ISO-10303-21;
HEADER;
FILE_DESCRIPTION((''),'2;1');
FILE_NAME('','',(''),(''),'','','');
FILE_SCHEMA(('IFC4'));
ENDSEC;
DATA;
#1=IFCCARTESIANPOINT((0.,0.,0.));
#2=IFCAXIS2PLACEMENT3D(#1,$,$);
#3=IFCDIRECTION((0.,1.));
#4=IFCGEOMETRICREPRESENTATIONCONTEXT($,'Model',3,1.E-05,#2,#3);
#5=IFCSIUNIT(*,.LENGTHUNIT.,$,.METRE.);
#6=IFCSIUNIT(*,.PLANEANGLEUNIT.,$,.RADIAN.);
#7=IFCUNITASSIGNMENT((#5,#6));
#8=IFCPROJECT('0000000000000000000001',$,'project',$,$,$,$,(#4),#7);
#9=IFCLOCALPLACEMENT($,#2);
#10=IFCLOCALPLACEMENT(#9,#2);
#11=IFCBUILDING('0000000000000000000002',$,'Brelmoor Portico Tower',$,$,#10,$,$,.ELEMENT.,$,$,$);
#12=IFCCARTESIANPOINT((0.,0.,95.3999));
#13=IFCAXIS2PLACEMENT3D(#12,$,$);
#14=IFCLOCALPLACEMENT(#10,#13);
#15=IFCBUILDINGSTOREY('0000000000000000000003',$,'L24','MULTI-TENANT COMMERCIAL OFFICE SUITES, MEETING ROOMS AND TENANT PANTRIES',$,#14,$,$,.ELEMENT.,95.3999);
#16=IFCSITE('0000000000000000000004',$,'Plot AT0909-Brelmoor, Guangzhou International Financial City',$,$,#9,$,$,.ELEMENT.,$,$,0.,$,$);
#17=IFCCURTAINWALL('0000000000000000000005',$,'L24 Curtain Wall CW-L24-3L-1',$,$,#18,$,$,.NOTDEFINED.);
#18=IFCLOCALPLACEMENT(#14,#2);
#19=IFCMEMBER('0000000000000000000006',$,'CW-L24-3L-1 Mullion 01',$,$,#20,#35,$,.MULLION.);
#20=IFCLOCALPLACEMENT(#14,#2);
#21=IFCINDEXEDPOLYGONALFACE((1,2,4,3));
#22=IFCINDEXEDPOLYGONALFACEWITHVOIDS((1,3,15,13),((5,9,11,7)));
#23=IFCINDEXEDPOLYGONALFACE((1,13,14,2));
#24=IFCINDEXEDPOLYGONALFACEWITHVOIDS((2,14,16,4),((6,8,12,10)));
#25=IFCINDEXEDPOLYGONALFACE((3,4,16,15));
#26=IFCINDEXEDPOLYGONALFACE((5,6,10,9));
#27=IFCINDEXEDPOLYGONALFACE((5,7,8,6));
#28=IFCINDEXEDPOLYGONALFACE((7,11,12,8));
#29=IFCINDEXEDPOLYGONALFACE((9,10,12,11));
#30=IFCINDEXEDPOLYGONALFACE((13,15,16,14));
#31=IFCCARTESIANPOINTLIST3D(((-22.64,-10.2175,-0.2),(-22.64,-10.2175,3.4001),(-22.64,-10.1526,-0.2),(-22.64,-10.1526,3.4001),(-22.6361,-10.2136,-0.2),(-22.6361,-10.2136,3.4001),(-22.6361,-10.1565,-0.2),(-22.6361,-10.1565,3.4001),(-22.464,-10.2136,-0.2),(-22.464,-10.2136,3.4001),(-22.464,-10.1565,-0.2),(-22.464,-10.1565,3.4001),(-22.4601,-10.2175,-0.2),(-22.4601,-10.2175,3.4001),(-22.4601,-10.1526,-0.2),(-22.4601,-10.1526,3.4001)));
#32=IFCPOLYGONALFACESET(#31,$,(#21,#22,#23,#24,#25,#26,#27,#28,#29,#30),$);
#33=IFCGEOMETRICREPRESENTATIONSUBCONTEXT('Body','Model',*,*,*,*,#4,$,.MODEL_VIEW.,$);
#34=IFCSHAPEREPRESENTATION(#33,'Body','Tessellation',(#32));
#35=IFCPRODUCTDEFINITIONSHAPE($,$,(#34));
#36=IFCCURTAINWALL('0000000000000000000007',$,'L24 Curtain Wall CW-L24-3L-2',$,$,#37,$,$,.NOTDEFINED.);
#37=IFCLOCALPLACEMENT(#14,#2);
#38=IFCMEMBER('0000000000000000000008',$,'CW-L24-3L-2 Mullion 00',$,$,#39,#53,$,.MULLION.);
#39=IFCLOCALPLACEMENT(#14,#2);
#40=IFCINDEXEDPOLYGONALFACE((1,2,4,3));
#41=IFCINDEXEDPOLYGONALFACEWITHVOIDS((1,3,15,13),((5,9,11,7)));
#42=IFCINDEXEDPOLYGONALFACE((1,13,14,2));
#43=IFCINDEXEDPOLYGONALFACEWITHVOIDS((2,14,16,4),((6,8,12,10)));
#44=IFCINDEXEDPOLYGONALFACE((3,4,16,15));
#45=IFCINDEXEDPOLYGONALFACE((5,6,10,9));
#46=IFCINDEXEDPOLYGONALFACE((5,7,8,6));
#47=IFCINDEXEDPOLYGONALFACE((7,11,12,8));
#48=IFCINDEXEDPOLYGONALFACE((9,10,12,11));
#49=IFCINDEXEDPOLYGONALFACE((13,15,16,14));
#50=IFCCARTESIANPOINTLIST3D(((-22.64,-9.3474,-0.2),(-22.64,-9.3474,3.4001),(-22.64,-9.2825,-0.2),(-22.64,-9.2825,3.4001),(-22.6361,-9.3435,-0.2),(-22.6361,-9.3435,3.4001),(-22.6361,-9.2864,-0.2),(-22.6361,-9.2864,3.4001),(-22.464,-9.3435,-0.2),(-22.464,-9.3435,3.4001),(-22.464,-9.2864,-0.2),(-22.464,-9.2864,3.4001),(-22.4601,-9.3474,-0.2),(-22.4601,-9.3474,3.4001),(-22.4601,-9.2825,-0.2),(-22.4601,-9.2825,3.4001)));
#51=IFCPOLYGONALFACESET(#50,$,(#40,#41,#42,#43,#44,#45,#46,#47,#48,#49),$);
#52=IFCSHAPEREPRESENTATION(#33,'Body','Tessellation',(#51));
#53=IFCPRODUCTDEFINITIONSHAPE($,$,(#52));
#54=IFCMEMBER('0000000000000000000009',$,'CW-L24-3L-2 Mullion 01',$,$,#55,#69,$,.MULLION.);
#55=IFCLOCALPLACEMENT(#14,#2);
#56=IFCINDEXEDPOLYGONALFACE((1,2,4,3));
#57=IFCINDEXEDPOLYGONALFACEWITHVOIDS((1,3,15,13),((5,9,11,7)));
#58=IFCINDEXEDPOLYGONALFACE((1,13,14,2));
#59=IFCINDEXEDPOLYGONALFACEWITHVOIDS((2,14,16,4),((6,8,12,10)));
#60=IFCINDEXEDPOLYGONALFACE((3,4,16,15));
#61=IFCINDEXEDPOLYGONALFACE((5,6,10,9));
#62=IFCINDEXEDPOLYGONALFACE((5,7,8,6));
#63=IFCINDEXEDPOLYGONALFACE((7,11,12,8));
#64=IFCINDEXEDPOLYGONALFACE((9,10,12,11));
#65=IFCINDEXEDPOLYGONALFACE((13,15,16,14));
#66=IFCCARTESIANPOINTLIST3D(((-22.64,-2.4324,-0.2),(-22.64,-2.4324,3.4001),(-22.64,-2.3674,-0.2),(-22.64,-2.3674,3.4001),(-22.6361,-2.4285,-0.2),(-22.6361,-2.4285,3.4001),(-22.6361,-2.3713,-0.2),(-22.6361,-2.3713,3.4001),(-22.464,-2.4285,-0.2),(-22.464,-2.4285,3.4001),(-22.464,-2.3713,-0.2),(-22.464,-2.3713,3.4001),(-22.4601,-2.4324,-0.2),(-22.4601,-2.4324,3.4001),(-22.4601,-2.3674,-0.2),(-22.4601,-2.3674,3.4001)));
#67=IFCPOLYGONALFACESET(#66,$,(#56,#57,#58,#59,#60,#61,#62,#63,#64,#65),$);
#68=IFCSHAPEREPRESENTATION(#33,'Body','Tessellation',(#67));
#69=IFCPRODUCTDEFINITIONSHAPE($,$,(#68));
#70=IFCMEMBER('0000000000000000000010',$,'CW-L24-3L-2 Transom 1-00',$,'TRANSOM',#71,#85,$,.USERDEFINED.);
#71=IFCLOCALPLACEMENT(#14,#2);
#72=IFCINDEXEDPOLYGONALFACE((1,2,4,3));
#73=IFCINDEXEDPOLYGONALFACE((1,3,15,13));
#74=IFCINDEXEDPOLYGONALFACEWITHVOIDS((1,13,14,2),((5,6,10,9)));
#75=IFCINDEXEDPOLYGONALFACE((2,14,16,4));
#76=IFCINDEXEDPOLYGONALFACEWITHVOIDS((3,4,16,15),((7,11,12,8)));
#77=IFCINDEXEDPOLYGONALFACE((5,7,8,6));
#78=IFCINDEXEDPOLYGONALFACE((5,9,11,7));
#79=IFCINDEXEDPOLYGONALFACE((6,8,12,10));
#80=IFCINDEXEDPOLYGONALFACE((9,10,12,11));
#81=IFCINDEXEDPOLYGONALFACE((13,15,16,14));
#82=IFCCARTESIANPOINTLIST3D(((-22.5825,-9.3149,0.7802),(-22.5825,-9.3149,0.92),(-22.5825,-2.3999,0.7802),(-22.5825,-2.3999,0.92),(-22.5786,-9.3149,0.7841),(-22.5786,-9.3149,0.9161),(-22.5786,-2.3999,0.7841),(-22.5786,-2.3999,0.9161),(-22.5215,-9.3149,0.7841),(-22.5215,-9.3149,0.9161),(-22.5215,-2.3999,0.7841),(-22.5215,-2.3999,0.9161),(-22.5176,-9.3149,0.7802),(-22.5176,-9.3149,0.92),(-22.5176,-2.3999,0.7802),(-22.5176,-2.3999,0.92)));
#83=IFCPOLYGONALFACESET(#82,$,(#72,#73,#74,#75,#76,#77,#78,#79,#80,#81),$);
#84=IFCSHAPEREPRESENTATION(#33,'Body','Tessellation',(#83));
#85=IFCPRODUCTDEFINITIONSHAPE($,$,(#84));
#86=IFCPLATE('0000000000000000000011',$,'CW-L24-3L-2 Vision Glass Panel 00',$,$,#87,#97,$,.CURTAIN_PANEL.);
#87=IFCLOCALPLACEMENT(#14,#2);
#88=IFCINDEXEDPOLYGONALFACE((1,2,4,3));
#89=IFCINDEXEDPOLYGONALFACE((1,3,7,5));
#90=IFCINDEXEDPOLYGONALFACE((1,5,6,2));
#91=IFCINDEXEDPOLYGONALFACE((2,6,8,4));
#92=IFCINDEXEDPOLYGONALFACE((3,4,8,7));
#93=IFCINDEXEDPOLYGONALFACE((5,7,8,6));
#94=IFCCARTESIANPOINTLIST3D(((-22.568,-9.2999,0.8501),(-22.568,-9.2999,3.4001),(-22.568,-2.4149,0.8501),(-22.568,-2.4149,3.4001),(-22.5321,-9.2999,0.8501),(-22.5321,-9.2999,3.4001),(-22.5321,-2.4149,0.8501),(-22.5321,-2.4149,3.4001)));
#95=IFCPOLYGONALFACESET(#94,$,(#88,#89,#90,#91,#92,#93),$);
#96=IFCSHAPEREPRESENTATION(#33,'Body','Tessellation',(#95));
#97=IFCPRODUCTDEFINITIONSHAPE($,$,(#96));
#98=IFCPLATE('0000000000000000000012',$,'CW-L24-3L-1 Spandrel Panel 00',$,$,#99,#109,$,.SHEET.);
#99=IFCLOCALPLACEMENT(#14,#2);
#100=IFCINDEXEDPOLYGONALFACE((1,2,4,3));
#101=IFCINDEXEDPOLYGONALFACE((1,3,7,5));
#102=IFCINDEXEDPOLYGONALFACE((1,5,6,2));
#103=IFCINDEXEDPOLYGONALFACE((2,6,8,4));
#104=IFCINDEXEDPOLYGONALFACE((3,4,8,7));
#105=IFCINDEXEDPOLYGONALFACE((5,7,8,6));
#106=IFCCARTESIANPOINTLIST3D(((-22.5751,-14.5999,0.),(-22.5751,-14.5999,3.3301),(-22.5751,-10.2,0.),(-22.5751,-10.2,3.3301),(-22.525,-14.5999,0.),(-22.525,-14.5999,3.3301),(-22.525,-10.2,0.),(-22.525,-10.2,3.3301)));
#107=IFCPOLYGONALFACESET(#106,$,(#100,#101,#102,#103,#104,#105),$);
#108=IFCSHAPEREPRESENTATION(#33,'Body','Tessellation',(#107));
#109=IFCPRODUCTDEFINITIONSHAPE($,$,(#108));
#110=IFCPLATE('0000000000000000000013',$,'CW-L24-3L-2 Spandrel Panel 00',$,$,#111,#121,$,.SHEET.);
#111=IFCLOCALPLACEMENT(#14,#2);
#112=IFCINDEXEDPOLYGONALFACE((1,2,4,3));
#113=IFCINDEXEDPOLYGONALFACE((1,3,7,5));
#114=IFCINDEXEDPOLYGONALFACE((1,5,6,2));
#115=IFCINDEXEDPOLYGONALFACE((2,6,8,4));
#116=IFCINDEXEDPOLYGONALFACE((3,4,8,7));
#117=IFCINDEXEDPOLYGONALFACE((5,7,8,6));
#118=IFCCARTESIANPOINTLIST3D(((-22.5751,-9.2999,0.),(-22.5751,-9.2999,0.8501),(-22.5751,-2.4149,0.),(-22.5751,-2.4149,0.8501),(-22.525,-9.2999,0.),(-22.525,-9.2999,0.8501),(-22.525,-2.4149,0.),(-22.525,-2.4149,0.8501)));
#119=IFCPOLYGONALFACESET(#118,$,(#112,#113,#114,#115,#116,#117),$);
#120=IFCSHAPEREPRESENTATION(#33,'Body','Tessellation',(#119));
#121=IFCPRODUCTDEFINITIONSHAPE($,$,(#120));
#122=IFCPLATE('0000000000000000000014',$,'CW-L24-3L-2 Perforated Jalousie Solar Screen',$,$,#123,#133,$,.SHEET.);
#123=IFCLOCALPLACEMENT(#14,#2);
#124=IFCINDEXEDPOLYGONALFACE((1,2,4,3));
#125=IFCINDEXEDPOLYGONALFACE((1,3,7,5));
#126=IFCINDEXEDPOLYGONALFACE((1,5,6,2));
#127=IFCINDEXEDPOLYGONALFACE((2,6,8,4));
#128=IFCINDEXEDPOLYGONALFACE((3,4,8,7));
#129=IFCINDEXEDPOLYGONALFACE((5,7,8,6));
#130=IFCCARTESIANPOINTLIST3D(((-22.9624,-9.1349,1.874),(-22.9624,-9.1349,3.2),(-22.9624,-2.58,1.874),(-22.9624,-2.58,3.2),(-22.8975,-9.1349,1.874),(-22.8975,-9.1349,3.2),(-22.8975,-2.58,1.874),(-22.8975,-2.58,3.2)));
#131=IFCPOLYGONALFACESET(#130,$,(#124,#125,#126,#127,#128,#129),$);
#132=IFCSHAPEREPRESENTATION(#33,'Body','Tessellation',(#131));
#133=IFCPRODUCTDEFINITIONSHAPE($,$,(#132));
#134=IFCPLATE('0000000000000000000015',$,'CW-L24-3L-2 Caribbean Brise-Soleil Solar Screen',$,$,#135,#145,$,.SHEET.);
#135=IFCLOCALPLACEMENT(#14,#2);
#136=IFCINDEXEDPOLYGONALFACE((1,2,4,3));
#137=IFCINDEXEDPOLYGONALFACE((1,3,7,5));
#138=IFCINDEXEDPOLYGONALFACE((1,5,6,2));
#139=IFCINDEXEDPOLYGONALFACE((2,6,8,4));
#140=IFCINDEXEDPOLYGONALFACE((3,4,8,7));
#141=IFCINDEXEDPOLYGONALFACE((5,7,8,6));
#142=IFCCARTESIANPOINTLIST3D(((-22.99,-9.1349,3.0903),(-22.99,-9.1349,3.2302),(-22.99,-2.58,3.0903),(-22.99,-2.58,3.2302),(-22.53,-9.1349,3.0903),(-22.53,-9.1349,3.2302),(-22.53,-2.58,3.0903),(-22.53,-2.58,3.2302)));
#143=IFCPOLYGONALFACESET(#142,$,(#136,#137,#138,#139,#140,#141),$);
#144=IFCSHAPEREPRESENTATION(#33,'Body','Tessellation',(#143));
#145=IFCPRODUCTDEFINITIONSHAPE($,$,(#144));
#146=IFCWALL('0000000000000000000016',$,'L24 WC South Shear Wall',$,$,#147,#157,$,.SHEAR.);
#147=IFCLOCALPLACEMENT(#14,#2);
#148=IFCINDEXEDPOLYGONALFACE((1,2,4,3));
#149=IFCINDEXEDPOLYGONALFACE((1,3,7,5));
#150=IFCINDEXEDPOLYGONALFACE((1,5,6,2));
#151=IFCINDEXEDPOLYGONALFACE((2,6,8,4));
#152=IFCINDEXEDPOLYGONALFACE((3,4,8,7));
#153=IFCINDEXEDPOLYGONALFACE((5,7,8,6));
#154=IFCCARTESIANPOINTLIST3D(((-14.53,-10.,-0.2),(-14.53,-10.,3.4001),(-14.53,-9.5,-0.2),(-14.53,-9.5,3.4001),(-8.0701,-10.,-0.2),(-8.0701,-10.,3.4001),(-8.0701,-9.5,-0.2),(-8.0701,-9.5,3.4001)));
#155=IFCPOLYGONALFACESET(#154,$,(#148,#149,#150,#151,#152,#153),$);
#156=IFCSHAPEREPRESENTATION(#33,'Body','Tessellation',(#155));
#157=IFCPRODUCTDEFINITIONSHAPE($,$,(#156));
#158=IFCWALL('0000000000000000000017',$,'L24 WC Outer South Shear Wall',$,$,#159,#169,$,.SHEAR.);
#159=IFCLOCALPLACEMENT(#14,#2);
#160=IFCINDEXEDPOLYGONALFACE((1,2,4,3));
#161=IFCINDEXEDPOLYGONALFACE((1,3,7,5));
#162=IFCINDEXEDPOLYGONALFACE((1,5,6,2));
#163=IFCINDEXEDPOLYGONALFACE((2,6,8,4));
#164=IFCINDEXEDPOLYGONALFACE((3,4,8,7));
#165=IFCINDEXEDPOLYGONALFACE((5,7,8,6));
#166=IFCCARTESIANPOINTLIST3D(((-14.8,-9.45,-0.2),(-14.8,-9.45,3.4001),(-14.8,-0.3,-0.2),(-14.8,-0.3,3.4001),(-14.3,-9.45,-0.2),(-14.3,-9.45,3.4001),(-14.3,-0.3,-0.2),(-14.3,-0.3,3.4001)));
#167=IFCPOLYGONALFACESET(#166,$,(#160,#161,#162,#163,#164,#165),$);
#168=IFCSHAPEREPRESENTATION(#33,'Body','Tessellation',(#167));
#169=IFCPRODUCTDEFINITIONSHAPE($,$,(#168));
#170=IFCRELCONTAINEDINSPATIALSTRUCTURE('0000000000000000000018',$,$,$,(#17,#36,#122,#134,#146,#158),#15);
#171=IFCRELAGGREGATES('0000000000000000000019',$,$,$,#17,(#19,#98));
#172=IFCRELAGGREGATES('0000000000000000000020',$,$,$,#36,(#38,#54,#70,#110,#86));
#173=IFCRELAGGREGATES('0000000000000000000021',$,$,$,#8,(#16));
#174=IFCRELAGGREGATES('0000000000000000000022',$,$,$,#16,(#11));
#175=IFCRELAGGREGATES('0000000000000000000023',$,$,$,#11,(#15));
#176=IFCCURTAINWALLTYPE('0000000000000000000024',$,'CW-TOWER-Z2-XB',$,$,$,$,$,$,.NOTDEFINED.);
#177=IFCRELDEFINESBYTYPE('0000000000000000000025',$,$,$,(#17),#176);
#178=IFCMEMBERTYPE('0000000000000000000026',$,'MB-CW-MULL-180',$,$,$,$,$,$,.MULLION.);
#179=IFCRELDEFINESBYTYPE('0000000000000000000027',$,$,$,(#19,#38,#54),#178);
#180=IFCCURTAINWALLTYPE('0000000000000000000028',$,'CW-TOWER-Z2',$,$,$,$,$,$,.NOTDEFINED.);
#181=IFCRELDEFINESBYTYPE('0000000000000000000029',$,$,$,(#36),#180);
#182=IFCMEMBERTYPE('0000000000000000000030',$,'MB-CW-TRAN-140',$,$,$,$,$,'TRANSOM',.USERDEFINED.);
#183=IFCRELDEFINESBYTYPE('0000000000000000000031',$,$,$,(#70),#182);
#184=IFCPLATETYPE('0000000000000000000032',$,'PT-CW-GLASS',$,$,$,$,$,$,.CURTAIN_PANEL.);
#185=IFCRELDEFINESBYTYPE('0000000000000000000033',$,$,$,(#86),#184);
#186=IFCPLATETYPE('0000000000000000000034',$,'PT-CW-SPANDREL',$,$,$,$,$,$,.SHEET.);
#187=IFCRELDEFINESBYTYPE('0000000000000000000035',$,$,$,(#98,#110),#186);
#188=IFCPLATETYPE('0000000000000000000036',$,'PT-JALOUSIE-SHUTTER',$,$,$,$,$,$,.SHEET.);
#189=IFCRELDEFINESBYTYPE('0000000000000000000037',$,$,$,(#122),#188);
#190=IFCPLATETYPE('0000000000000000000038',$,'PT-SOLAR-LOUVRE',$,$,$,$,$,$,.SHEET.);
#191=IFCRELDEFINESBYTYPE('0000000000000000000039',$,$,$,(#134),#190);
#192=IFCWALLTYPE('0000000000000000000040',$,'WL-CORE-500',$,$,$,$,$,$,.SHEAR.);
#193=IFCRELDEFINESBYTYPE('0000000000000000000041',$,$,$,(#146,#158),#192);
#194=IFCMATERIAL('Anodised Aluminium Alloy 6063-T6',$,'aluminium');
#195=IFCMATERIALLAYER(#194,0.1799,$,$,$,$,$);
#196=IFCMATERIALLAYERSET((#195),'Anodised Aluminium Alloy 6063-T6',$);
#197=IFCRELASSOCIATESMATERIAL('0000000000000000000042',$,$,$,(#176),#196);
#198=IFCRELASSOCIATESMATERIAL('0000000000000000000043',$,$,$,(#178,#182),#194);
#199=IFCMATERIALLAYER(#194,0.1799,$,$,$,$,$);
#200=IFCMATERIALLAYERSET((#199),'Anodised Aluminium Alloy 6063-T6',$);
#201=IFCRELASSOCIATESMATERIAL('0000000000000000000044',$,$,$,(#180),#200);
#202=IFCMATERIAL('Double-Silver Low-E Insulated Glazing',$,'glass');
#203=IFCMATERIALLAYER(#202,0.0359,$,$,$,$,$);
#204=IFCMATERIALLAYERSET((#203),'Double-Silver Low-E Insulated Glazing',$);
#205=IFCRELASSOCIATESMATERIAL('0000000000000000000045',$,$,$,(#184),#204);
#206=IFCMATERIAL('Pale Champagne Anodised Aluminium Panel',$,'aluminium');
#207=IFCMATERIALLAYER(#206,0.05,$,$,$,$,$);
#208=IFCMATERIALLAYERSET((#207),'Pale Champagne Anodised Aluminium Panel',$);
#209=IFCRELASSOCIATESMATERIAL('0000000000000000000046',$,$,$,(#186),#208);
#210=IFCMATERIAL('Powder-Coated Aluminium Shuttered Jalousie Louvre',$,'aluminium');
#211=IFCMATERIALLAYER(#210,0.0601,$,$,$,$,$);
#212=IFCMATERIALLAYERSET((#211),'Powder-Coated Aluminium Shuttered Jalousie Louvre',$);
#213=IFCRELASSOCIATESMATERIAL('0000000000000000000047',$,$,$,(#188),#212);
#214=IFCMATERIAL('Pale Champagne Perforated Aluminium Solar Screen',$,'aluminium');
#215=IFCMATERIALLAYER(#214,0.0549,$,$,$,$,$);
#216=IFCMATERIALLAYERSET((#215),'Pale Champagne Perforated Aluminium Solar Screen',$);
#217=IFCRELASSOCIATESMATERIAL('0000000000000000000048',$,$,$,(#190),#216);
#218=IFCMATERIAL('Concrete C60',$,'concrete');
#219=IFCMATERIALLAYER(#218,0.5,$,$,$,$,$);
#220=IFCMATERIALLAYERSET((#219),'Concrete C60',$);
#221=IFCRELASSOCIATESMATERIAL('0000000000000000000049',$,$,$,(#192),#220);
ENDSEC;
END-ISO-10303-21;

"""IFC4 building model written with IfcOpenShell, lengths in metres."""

from ifc_helpers import new_model, si_unit, direction, frame, frame_2d, origin, origin_2d, place, context, subcontext, project, spatial, rectangle, hollow_rectangle, extrude, material, layer, layer_set, material_profile, profile_set, type_object, element, aggregate, save


model = new_model("IFC4")

# Units and contexts
model_context = context("Model", 3, precision=1e-05, world=origin(), true_north=direction((0.0, 1.0)))
body_context = subcontext(model_context, "Body", "Model", "MODEL_VIEW")
ifc_project = project(units=[si_unit("LENGTHUNIT", "METRE"), si_unit("PLANEANGLEUNIT", "RADIAN")], contexts=[model_context])

# Site, building, storey
site_placement = place(None, origin())
site = spatial("IfcSite", under=ifc_project, at=site_placement, Name="Plot AT0909-Brelmoor, Guangzhou International Financial City", CompositionType="ELEMENT", RefElevation=0.0)
building_placement = place(site_placement, origin())
building = spatial("IfcBuilding", under=site, at=building_placement, Name="Brelmoor Portico Tower", CompositionType="ELEMENT")
storey_placement = place(building_placement, frame((0.0, 0.0, 95.3999)))
storey = spatial("IfcBuildingStorey", under=building, at=storey_placement, Name="L24", Description="MULTI-TENANT COMMERCIAL OFFICE SUITES, MEETING ROOMS AND TENANT PANTRIES", CompositionType="ELEMENT", Elevation=95.3999)

# Curtain wall, member
ifc_material_1 = material(Name="Anodised Aluminium Alloy 6063-T6", Category="aluminium")
ifc_layer_1 = layer(ifc_material_1, 0.1799)
ifc_layer_set_1 = layer_set([ifc_layer_1], Name="Anodised Aluminium Alloy 6063-T6")
curtain_wall_type_1 = type_object("IfcCurtainWallType", Name="CW-TOWER-Z2-XB", PredefinedType="NOTDEFINED", material=ifc_layer_set_1)
curtain_wall_1_placement = place(storey_placement, origin())
curtain_wall_1 = element("IfcCurtainWall", 1, at=curtain_wall_1_placement, inside=storey, type_object=curtain_wall_type_1, Name="L24 Curtain Wall CW-L24-3L-1", PredefinedType="NOTDEFINED")
ifc_material_profile_1 = material_profile(ifc_material_1, hollow_rectangle(XDim=0.0649, YDim=0.1799, WallThickness=0.0039, at=origin_2d()), Name="ALU MULLION 65x180")
ifc_profile_set_1 = profile_set([ifc_material_profile_1], Name="Anodised Aluminium Alloy 6063-T6")
member_type_1 = type_object("IfcMemberType", Name="MB-CW-MULL-180", PredefinedType="MULLION", material=ifc_profile_set_1)
member_1_placement = place(storey_placement, frame((-22.55, -10.1851, -0.2), z_axis=(0.0, 0.0, 1.0), x_axis=(0.0, 1.0, 0.0)))
member_1 = element("IfcMember", 2, at=member_1_placement, type_object=member_type_1, Name="CW-L24-3L-1 Mullion 01", PredefinedType="MULLION", context=body_context, shape_type="SweptSolid", body=[
    extrude(hollow_rectangle(XDim=0.0649, YDim=0.1799, WallThickness=0.0039, at=origin_2d()), origin(), (0.0, 0.0, 1.0), 3.6001),
])

# Curtain wall, members, plate
ifc_layer_2 = layer(ifc_material_1, 0.1799)
ifc_layer_set_2 = layer_set([ifc_layer_2], Name="Anodised Aluminium Alloy 6063-T6")
curtain_wall_type_2 = type_object("IfcCurtainWallType", Name="CW-TOWER-Z2", PredefinedType="NOTDEFINED", material=ifc_layer_set_2)
curtain_wall_2_placement = place(storey_placement, origin())
curtain_wall_2 = element("IfcCurtainWall", 3, at=curtain_wall_2_placement, inside=storey, type_object=curtain_wall_type_2, Name="L24 Curtain Wall CW-L24-3L-2", PredefinedType="NOTDEFINED")
member_2_placement = place(storey_placement, frame((-22.55, -9.3149, -0.2), z_axis=(0.0, 0.0, 1.0), x_axis=(0.0, 1.0, 0.0)))
member_2 = element("IfcMember", 4, at=member_2_placement, type_object=member_type_1, Name="CW-L24-3L-2 Mullion 00", PredefinedType="MULLION", context=body_context, shape_type="SweptSolid", body=[
    extrude(hollow_rectangle(XDim=0.0649, YDim=0.1799, WallThickness=0.0039, at=origin_2d()), origin(), (0.0, 0.0, 1.0), 3.6001),
])
member_3_placement = place(storey_placement, frame((-22.55, -2.3999, -0.2), z_axis=(0.0, 0.0, 1.0), x_axis=(0.0, 1.0, 0.0)))
member_3 = element("IfcMember", 5, at=member_3_placement, type_object=member_type_1, Name="CW-L24-3L-2 Mullion 01", PredefinedType="MULLION", context=body_context, shape_type="SweptSolid", body=[
    extrude(hollow_rectangle(XDim=0.0649, YDim=0.1799, WallThickness=0.0039, at=origin_2d()), origin(), (0.0, 0.0, 1.0), 3.6001),
])
ifc_material_profile_2 = material_profile(ifc_material_1, hollow_rectangle(XDim=0.0649, YDim=0.1399, WallThickness=0.0039, at=origin_2d()), Name="ALU TRANSOM 65x140")
ifc_profile_set_2 = profile_set([ifc_material_profile_2], Name="Anodised Aluminium Alloy 6063-T6")
member_type_2 = type_object("IfcMemberType", Name="MB-CW-TRAN-140", ElementType="TRANSOM", PredefinedType="USERDEFINED", material=ifc_profile_set_2)
member_4_placement = place(storey_placement, frame((-22.55, -9.3149, 0.8501), z_axis=(0.0, 1.0, 0.0), x_axis=(-1.0, 0.0, 0.0)))
member_4 = element("IfcMember", 6, at=member_4_placement, type_object=member_type_2, Name="CW-L24-3L-2 Transom 1-00", ObjectType="TRANSOM", PredefinedType="USERDEFINED", context=body_context, shape_type="SweptSolid", body=[
    extrude(hollow_rectangle(XDim=0.0649, YDim=0.1399, WallThickness=0.0039, at=origin_2d()), origin(), (0.0, 0.0, 1.0), 6.915),
])
ifc_material_2 = material(Name="Double-Silver Low-E Insulated Glazing", Category="glass")
ifc_layer_3 = layer(ifc_material_2, 0.0359)
ifc_layer_set_3 = layer_set([ifc_layer_3], Name="Double-Silver Low-E Insulated Glazing")
plate_type_1 = type_object("IfcPlateType", Name="PT-CW-GLASS", PredefinedType="CURTAIN_PANEL", material=ifc_layer_set_3)
plate_1_placement = place(storey_placement, frame((-22.55, -5.8574, 0.8501), z_axis=(0.0, 0.0, 1.0), x_axis=(0.0, 1.0, 0.0)))
plate_1 = element("IfcPlate", 7, at=plate_1_placement, type_object=plate_type_1, Name="CW-L24-3L-2 Vision Glass Panel 00", PredefinedType="CURTAIN_PANEL", context=body_context, shape_type="SweptSolid", body=[
    extrude(rectangle(XDim=6.885, YDim=0.0359, at=origin_2d()), origin(), (0.0, 0.0, 1.0), 2.55),
])

# Plates
ifc_material_3 = material(Name="Pale Champagne Anodised Aluminium Panel", Category="aluminium")
ifc_layer_4 = layer(ifc_material_3, 0.05)
ifc_layer_set_4 = layer_set([ifc_layer_4], Name="Pale Champagne Anodised Aluminium Panel")
plate_type_2 = type_object("IfcPlateType", Name="PT-CW-SPANDREL", PredefinedType="SHEET", material=ifc_layer_set_4)
plate_2_placement = place(storey_placement, frame((-22.55, -12.3999, 0.0), z_axis=(0.0, 0.0, 1.0), x_axis=(0.0, 1.0, 0.0)))
plate_2 = element("IfcPlate", 8, at=plate_2_placement, type_object=plate_type_2, Name="CW-L24-3L-1 Spandrel Panel 00", PredefinedType="SHEET", context=body_context, shape_type="SweptSolid", body=[
    extrude(rectangle(XDim=4.3999, YDim=0.05, at=origin_2d()), origin(), (0.0, 0.0, 1.0), 3.3301),
])
aggregate(curtain_wall_1, [member_1, plate_2])
plate_3_placement = place(storey_placement, frame((-22.55, -5.8574, 0.0), z_axis=(0.0, 0.0, 1.0), x_axis=(0.0, 1.0, 0.0)))
plate_3 = element("IfcPlate", 9, at=plate_3_placement, type_object=plate_type_2, Name="CW-L24-3L-2 Spandrel Panel 00", PredefinedType="SHEET", context=body_context, shape_type="SweptSolid", body=[
    extrude(rectangle(XDim=6.885, YDim=0.05, at=origin_2d()), origin(), (0.0, 0.0, 1.0), 0.8501),
])
aggregate(curtain_wall_2, [member_2, member_3, member_4, plate_3, plate_1])

# Plates
ifc_material_4 = material(Name="Powder-Coated Aluminium Shuttered Jalousie Louvre", Category="aluminium")
ifc_layer_5 = layer(ifc_material_4, 0.0601)
ifc_layer_set_5 = layer_set([ifc_layer_5], Name="Powder-Coated Aluminium Shuttered Jalousie Louvre")
plate_type_3 = type_object("IfcPlateType", Name="PT-JALOUSIE-SHUTTER", PredefinedType="SHEET", material=ifc_layer_set_5)
plate_4_placement = place(storey_placement, frame((-22.9299, -5.8574, 1.874), z_axis=(0.0, 0.0, 1.0), x_axis=(0.0, 1.0, 0.0)))
element("IfcPlate", 10, at=plate_4_placement, inside=storey, type_object=plate_type_3, Name="CW-L24-3L-2 Perforated Jalousie Solar Screen", PredefinedType="SHEET", context=body_context, shape_type="SweptSolid", body=[
    extrude(rectangle(XDim=6.5549, YDim=0.0649, at=origin_2d()), origin(), (0.0, 0.0, 1.0), 1.3259),
])
ifc_material_5 = material(Name="Pale Champagne Perforated Aluminium Solar Screen", Category="aluminium")
ifc_layer_6 = layer(ifc_material_5, 0.0549)
ifc_layer_set_6 = layer_set([ifc_layer_6], Name="Pale Champagne Perforated Aluminium Solar Screen")
plate_type_4 = type_object("IfcPlateType", Name="PT-SOLAR-LOUVRE", PredefinedType="SHEET", material=ifc_layer_set_6)
plate_5_placement = place(storey_placement, frame((-22.76, -5.8574, 3.0903), z_axis=(0.0, 0.0, 1.0), x_axis=(0.0, 1.0, 0.0)))
element("IfcPlate", 11, at=plate_5_placement, inside=storey, type_object=plate_type_4, Name="CW-L24-3L-2 Caribbean Brise-Soleil Solar Screen", PredefinedType="SHEET", context=body_context, shape_type="SweptSolid", body=[
    extrude(rectangle(XDim=6.5549, YDim=0.46, at=origin_2d()), origin(), (0.0, 0.0, 1.0), 0.1399),
])

# Walls
ifc_material_6 = material(Name="Concrete C60", Category="concrete")
ifc_layer_7 = layer(ifc_material_6, 0.5)
ifc_layer_set_7 = layer_set([ifc_layer_7], Name="Concrete C60")
wall_type_1 = type_object("IfcWallType", Name="WL-CORE-500", PredefinedType="SHEAR", material=ifc_layer_set_7)
wall_1_placement = place(storey_placement, frame((-14.53, -9.75, -0.2), z_axis=(0.0, 0.0, 1.0), x_axis=(1.0, 0.0, 0.0)))
element("IfcWall", 12, at=wall_1_placement, inside=storey, type_object=wall_type_1, Name="L24 WC South Shear Wall", PredefinedType="SHEAR", context=body_context, shape_type="SweptSolid", body=[
    extrude(rectangle(XDim=6.46, YDim=0.5, at=frame_2d((3.23, 0.0))), origin(), (0.0, 0.0, 1.0), 3.6001),
])
wall_2_placement = place(storey_placement, frame((-14.55, -9.45, -0.2), z_axis=(0.0, 0.0, 1.0), x_axis=(0.0, 1.0, 0.0)))
element("IfcWall", 13, at=wall_2_placement, inside=storey, type_object=wall_type_1, Name="L24 WC Outer South Shear Wall", PredefinedType="SHEAR", context=body_context, shape_type="SweptSolid", body=[
    extrude(rectangle(XDim=9.1499, YDim=0.5, at=frame_2d((4.575, 0.0))), origin(), (0.0, 0.0, 1.0), 3.6001),
])

save(model, "model.ifc")
